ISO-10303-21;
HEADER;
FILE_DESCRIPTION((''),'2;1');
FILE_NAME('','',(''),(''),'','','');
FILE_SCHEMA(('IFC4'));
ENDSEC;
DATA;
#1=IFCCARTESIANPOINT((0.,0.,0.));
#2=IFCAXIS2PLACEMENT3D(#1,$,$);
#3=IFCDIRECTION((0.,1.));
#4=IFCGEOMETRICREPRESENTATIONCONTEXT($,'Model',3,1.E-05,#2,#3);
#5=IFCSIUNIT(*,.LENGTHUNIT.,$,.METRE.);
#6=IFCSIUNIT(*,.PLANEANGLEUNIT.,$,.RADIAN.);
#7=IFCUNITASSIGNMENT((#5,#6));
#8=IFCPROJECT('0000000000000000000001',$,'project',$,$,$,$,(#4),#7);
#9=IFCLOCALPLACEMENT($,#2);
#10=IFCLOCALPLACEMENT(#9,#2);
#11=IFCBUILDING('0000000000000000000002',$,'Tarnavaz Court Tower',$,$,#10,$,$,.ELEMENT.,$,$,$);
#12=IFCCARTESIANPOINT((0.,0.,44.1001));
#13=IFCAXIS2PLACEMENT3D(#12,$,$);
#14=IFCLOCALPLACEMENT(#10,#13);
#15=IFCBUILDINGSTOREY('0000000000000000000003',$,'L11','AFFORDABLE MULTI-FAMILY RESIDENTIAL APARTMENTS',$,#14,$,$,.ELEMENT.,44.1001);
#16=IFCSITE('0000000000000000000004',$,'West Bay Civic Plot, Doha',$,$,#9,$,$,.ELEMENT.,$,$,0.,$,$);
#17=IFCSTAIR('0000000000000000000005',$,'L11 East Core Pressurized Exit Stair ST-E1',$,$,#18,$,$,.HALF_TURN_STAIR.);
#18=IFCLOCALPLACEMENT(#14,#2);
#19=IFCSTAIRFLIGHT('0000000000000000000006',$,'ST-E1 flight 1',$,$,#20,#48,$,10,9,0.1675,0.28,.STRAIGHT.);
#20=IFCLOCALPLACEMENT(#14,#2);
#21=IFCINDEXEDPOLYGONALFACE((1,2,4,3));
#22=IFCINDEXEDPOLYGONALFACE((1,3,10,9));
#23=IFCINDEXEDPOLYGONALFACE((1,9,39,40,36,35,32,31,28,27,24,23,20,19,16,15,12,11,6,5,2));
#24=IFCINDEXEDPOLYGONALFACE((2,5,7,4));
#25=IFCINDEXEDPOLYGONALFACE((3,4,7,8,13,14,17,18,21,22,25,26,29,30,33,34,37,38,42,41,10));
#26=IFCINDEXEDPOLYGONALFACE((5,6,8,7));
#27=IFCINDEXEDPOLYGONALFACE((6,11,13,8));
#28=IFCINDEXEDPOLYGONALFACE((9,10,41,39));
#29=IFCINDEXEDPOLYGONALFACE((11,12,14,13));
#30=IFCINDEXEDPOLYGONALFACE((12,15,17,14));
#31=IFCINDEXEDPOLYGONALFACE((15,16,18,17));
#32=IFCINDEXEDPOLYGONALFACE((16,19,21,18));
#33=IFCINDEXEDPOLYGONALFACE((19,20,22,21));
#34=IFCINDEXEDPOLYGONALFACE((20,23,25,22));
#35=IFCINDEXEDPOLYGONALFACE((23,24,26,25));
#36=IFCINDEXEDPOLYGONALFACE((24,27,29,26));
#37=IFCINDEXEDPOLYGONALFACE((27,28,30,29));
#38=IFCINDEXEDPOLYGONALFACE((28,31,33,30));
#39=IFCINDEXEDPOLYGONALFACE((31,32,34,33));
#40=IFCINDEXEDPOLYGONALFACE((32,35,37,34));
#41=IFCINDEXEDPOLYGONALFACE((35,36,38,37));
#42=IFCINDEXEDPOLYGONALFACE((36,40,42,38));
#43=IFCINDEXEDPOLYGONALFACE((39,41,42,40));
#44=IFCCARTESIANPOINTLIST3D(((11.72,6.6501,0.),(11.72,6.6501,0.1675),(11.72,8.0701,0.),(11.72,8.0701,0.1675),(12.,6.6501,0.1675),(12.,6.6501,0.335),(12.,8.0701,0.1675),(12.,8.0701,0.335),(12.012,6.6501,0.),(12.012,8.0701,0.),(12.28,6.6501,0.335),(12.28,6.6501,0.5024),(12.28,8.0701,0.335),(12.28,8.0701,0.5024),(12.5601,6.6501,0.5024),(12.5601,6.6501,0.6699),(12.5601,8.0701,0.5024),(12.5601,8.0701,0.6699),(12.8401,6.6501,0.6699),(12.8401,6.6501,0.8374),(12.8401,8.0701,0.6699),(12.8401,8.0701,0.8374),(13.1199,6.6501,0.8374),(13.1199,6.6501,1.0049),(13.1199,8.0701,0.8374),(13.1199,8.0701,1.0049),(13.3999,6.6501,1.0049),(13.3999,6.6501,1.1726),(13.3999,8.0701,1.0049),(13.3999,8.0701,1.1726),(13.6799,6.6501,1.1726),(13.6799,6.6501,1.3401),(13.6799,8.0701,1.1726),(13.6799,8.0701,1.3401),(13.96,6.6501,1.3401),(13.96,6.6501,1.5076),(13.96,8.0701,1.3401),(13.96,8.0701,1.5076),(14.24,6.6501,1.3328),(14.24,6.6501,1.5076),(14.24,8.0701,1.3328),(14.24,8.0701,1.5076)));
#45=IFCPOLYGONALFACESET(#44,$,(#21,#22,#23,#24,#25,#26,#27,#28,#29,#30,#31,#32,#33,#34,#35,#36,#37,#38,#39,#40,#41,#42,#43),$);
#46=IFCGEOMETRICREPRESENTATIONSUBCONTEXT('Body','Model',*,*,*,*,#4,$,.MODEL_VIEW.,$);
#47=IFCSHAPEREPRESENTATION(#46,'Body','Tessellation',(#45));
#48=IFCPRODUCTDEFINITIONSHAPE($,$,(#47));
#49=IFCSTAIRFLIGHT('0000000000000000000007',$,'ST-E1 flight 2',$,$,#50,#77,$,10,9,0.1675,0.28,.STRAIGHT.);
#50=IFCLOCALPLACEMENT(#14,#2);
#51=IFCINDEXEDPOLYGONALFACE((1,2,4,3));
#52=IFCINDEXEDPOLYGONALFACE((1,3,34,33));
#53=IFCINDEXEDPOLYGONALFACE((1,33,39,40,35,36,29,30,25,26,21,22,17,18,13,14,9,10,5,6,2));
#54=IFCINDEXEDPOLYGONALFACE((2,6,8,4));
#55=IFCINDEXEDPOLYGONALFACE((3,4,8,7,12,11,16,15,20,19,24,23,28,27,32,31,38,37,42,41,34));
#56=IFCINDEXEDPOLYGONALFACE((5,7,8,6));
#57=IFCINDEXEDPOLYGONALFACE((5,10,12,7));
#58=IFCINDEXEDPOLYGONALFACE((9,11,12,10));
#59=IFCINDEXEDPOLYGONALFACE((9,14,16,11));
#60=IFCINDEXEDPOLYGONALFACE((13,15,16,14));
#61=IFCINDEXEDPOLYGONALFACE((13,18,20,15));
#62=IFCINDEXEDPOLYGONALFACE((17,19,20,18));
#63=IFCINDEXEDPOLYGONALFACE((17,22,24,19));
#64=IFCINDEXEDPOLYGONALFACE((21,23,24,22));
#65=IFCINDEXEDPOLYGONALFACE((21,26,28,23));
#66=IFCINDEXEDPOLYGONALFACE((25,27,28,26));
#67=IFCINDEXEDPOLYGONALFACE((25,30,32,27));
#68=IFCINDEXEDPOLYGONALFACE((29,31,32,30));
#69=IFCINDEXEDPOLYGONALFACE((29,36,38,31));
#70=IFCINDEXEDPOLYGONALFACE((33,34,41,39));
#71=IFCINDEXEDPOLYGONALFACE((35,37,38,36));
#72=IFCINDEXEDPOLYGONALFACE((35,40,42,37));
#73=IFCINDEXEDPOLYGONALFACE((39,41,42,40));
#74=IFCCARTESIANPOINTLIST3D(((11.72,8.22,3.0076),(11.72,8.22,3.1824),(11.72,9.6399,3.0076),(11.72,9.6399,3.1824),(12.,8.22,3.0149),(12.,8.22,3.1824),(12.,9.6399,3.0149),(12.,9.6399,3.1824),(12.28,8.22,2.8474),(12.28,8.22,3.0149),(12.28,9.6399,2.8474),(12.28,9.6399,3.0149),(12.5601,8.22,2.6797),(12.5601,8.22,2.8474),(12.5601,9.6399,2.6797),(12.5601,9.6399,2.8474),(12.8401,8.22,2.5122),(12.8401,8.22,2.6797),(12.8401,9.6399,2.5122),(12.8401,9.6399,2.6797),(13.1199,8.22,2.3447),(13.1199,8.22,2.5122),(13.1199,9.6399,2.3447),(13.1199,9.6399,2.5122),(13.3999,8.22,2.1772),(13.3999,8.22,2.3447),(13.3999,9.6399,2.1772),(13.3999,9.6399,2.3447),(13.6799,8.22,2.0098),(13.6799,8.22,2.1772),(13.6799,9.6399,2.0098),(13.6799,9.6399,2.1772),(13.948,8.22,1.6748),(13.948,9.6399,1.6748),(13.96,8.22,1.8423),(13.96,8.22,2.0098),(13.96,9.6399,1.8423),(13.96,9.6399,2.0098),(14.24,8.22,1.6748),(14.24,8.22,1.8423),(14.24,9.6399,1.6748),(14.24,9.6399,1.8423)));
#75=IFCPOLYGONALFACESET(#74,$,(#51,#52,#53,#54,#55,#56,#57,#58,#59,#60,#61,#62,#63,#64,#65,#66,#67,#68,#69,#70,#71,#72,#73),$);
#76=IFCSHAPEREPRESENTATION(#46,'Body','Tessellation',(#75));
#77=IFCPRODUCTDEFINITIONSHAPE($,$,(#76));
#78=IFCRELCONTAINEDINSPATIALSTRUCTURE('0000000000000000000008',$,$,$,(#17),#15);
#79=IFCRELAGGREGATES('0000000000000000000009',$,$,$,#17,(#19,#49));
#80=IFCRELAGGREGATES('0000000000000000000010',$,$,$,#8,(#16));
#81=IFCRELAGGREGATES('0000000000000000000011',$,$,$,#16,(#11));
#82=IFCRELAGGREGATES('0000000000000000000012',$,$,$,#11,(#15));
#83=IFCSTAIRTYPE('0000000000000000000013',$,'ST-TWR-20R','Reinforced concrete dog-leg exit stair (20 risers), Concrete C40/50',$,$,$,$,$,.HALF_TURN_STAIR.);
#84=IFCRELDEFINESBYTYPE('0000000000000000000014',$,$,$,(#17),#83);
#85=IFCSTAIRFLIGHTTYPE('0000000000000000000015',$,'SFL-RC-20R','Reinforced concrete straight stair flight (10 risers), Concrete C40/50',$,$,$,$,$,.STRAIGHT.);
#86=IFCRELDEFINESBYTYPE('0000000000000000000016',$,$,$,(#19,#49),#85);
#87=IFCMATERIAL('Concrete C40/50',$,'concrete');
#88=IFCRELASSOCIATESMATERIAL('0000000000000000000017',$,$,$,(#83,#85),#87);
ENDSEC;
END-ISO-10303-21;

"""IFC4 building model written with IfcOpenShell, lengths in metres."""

from ifc_helpers import new_model, si_unit, direction, frame, origin, place, context, subcontext, project, spatial, polyline, outline, extrude, material, type_object, element, aggregate, save


model = new_model("IFC4")

# Units and contexts
model_context = context("Model", 3, precision=1e-05, world=origin(), true_north=direction((0.0, 1.0)))
body_context = subcontext(model_context, "Body", "Model", "MODEL_VIEW")
ifc_project = project(units=[si_unit("LENGTHUNIT", "METRE"), si_unit("PLANEANGLEUNIT", "RADIAN")], contexts=[model_context])

# Site, building, storey
site_placement = place(None, origin())
site = spatial("IfcSite", under=ifc_project, at=site_placement, Name="West Bay Civic Plot, Doha", CompositionType="ELEMENT", RefElevation=0.0)
building_placement = place(site_placement, origin())
building = spatial("IfcBuilding", under=site, at=building_placement, Name="Tarnavaz Court Tower", CompositionType="ELEMENT")
storey_placement = place(building_placement, frame((0.0, 0.0, 44.1001)))
storey = spatial("IfcBuildingStorey", under=building, at=storey_placement, Name="L11", Description="AFFORDABLE MULTI-FAMILY RESIDENTIAL APARTMENTS", CompositionType="ELEMENT", Elevation=44.1001)

# Stair, stair flights
ifc_material_1 = material(Name="Concrete C40/50", Category="concrete")
stair_type = type_object("IfcStairType", Name="ST-TWR-20R", Description="Reinforced concrete dog-leg exit stair (20 risers), Concrete C40/50", PredefinedType="HALF_TURN_STAIR", material=ifc_material_1)
stair_placement = place(storey_placement, origin())
stair = element("IfcStair", 1, at=stair_placement, inside=storey, type_object=stair_type, Name="L11 East Core Pressurized Exit Stair ST-E1", PredefinedType="HALF_TURN_STAIR")
stair_flight_type = type_object("IfcStairFlightType", Name="SFL-RC-20R", Description="Reinforced concrete straight stair flight (10 risers), Concrete C40/50", PredefinedType="STRAIGHT", material=ifc_material_1)
stair_flight_1_placement = place(storey_placement, frame((11.72, 7.3601, 0.0), z_axis=(0.0, 0.0, 1.0), x_axis=(1.0, 0.0, 0.0)))
stair_flight_1 = element("IfcStairFlight", 2, at=stair_flight_1_placement, type_object=stair_flight_type, Name="ST-E1 flight 1", NumberOfRisers=10, NumberOfTreads=9, PredefinedType="STRAIGHT", RiserHeight=0.1675, TreadLength=0.28, context=body_context, shape_type="SweptSolid", body=[
    extrude(outline(polyline([(0.0, 0.0), (0.0, 0.1675), (0.28, 0.1675), (0.28, 0.335), (0.5601, 0.335), (0.5601, 0.5024), (0.8401, 0.5024), (0.8401, 0.6699), (1.1201, 0.6699), (1.1201, 0.8374), (1.3999, 0.8374), (1.3999, 1.0049), (1.6799, 1.0049), (1.6799, 1.1726), (1.96, 1.1726), (1.96, 1.3401), (2.24, 1.3401), (2.24, 1.5076), (2.52, 1.5076), (2.52, 1.675), (2.52, 1.3328), (0.292, 0.0), (0.0, 0.0)])), frame((0.0, 0.71, 0.0), z_axis=(0.0, -1.0, 0.0), x_axis=(1.0, 0.0, 0.0)), (0.0, 0.0, 1.0), 1.4199),
])
stair_flight_2_placement = place(storey_placement, frame((14.24, 8.9299, 1.6748), z_axis=(0.0, 0.0, 1.0), x_axis=(-1.0, 0.0, 0.0)))
stair_flight_2 = element("IfcStairFlight", 3, at=stair_flight_2_placement, type_object=stair_flight_type, Name="ST-E1 flight 2", NumberOfRisers=10, NumberOfTreads=9, PredefinedType="STRAIGHT", RiserHeight=0.1675, TreadLength=0.28, context=body_context, shape_type="SweptSolid", body=[
    extrude(outline(polyline([(0.0, 0.0), (0.0, 0.1675), (0.28, 0.1675), (0.28, 0.335), (0.5601, 0.335), (0.5601, 0.5024), (0.8401, 0.5024), (0.8401, 0.6699), (1.1201, 0.6699), (1.1201, 0.8374), (1.3999, 0.8374), (1.3999, 1.0049), (1.6799, 1.0049), (1.6799, 1.1726), (1.96, 1.1726), (1.96, 1.3401), (2.24, 1.3401), (2.24, 1.5076), (2.52, 1.5076), (2.52, 1.675), (2.52, 1.3328), (0.292, 0.0), (0.0, 0.0)])), frame((0.0, 0.71, 0.0), z_axis=(0.0, -1.0, 0.0), x_axis=(1.0, 0.0, 0.0)), (0.0, 0.0, 1.0), 1.4199),
])
aggregate(stair, [stair_flight_1, stair_flight_2])

save(model, "model.ifc")
